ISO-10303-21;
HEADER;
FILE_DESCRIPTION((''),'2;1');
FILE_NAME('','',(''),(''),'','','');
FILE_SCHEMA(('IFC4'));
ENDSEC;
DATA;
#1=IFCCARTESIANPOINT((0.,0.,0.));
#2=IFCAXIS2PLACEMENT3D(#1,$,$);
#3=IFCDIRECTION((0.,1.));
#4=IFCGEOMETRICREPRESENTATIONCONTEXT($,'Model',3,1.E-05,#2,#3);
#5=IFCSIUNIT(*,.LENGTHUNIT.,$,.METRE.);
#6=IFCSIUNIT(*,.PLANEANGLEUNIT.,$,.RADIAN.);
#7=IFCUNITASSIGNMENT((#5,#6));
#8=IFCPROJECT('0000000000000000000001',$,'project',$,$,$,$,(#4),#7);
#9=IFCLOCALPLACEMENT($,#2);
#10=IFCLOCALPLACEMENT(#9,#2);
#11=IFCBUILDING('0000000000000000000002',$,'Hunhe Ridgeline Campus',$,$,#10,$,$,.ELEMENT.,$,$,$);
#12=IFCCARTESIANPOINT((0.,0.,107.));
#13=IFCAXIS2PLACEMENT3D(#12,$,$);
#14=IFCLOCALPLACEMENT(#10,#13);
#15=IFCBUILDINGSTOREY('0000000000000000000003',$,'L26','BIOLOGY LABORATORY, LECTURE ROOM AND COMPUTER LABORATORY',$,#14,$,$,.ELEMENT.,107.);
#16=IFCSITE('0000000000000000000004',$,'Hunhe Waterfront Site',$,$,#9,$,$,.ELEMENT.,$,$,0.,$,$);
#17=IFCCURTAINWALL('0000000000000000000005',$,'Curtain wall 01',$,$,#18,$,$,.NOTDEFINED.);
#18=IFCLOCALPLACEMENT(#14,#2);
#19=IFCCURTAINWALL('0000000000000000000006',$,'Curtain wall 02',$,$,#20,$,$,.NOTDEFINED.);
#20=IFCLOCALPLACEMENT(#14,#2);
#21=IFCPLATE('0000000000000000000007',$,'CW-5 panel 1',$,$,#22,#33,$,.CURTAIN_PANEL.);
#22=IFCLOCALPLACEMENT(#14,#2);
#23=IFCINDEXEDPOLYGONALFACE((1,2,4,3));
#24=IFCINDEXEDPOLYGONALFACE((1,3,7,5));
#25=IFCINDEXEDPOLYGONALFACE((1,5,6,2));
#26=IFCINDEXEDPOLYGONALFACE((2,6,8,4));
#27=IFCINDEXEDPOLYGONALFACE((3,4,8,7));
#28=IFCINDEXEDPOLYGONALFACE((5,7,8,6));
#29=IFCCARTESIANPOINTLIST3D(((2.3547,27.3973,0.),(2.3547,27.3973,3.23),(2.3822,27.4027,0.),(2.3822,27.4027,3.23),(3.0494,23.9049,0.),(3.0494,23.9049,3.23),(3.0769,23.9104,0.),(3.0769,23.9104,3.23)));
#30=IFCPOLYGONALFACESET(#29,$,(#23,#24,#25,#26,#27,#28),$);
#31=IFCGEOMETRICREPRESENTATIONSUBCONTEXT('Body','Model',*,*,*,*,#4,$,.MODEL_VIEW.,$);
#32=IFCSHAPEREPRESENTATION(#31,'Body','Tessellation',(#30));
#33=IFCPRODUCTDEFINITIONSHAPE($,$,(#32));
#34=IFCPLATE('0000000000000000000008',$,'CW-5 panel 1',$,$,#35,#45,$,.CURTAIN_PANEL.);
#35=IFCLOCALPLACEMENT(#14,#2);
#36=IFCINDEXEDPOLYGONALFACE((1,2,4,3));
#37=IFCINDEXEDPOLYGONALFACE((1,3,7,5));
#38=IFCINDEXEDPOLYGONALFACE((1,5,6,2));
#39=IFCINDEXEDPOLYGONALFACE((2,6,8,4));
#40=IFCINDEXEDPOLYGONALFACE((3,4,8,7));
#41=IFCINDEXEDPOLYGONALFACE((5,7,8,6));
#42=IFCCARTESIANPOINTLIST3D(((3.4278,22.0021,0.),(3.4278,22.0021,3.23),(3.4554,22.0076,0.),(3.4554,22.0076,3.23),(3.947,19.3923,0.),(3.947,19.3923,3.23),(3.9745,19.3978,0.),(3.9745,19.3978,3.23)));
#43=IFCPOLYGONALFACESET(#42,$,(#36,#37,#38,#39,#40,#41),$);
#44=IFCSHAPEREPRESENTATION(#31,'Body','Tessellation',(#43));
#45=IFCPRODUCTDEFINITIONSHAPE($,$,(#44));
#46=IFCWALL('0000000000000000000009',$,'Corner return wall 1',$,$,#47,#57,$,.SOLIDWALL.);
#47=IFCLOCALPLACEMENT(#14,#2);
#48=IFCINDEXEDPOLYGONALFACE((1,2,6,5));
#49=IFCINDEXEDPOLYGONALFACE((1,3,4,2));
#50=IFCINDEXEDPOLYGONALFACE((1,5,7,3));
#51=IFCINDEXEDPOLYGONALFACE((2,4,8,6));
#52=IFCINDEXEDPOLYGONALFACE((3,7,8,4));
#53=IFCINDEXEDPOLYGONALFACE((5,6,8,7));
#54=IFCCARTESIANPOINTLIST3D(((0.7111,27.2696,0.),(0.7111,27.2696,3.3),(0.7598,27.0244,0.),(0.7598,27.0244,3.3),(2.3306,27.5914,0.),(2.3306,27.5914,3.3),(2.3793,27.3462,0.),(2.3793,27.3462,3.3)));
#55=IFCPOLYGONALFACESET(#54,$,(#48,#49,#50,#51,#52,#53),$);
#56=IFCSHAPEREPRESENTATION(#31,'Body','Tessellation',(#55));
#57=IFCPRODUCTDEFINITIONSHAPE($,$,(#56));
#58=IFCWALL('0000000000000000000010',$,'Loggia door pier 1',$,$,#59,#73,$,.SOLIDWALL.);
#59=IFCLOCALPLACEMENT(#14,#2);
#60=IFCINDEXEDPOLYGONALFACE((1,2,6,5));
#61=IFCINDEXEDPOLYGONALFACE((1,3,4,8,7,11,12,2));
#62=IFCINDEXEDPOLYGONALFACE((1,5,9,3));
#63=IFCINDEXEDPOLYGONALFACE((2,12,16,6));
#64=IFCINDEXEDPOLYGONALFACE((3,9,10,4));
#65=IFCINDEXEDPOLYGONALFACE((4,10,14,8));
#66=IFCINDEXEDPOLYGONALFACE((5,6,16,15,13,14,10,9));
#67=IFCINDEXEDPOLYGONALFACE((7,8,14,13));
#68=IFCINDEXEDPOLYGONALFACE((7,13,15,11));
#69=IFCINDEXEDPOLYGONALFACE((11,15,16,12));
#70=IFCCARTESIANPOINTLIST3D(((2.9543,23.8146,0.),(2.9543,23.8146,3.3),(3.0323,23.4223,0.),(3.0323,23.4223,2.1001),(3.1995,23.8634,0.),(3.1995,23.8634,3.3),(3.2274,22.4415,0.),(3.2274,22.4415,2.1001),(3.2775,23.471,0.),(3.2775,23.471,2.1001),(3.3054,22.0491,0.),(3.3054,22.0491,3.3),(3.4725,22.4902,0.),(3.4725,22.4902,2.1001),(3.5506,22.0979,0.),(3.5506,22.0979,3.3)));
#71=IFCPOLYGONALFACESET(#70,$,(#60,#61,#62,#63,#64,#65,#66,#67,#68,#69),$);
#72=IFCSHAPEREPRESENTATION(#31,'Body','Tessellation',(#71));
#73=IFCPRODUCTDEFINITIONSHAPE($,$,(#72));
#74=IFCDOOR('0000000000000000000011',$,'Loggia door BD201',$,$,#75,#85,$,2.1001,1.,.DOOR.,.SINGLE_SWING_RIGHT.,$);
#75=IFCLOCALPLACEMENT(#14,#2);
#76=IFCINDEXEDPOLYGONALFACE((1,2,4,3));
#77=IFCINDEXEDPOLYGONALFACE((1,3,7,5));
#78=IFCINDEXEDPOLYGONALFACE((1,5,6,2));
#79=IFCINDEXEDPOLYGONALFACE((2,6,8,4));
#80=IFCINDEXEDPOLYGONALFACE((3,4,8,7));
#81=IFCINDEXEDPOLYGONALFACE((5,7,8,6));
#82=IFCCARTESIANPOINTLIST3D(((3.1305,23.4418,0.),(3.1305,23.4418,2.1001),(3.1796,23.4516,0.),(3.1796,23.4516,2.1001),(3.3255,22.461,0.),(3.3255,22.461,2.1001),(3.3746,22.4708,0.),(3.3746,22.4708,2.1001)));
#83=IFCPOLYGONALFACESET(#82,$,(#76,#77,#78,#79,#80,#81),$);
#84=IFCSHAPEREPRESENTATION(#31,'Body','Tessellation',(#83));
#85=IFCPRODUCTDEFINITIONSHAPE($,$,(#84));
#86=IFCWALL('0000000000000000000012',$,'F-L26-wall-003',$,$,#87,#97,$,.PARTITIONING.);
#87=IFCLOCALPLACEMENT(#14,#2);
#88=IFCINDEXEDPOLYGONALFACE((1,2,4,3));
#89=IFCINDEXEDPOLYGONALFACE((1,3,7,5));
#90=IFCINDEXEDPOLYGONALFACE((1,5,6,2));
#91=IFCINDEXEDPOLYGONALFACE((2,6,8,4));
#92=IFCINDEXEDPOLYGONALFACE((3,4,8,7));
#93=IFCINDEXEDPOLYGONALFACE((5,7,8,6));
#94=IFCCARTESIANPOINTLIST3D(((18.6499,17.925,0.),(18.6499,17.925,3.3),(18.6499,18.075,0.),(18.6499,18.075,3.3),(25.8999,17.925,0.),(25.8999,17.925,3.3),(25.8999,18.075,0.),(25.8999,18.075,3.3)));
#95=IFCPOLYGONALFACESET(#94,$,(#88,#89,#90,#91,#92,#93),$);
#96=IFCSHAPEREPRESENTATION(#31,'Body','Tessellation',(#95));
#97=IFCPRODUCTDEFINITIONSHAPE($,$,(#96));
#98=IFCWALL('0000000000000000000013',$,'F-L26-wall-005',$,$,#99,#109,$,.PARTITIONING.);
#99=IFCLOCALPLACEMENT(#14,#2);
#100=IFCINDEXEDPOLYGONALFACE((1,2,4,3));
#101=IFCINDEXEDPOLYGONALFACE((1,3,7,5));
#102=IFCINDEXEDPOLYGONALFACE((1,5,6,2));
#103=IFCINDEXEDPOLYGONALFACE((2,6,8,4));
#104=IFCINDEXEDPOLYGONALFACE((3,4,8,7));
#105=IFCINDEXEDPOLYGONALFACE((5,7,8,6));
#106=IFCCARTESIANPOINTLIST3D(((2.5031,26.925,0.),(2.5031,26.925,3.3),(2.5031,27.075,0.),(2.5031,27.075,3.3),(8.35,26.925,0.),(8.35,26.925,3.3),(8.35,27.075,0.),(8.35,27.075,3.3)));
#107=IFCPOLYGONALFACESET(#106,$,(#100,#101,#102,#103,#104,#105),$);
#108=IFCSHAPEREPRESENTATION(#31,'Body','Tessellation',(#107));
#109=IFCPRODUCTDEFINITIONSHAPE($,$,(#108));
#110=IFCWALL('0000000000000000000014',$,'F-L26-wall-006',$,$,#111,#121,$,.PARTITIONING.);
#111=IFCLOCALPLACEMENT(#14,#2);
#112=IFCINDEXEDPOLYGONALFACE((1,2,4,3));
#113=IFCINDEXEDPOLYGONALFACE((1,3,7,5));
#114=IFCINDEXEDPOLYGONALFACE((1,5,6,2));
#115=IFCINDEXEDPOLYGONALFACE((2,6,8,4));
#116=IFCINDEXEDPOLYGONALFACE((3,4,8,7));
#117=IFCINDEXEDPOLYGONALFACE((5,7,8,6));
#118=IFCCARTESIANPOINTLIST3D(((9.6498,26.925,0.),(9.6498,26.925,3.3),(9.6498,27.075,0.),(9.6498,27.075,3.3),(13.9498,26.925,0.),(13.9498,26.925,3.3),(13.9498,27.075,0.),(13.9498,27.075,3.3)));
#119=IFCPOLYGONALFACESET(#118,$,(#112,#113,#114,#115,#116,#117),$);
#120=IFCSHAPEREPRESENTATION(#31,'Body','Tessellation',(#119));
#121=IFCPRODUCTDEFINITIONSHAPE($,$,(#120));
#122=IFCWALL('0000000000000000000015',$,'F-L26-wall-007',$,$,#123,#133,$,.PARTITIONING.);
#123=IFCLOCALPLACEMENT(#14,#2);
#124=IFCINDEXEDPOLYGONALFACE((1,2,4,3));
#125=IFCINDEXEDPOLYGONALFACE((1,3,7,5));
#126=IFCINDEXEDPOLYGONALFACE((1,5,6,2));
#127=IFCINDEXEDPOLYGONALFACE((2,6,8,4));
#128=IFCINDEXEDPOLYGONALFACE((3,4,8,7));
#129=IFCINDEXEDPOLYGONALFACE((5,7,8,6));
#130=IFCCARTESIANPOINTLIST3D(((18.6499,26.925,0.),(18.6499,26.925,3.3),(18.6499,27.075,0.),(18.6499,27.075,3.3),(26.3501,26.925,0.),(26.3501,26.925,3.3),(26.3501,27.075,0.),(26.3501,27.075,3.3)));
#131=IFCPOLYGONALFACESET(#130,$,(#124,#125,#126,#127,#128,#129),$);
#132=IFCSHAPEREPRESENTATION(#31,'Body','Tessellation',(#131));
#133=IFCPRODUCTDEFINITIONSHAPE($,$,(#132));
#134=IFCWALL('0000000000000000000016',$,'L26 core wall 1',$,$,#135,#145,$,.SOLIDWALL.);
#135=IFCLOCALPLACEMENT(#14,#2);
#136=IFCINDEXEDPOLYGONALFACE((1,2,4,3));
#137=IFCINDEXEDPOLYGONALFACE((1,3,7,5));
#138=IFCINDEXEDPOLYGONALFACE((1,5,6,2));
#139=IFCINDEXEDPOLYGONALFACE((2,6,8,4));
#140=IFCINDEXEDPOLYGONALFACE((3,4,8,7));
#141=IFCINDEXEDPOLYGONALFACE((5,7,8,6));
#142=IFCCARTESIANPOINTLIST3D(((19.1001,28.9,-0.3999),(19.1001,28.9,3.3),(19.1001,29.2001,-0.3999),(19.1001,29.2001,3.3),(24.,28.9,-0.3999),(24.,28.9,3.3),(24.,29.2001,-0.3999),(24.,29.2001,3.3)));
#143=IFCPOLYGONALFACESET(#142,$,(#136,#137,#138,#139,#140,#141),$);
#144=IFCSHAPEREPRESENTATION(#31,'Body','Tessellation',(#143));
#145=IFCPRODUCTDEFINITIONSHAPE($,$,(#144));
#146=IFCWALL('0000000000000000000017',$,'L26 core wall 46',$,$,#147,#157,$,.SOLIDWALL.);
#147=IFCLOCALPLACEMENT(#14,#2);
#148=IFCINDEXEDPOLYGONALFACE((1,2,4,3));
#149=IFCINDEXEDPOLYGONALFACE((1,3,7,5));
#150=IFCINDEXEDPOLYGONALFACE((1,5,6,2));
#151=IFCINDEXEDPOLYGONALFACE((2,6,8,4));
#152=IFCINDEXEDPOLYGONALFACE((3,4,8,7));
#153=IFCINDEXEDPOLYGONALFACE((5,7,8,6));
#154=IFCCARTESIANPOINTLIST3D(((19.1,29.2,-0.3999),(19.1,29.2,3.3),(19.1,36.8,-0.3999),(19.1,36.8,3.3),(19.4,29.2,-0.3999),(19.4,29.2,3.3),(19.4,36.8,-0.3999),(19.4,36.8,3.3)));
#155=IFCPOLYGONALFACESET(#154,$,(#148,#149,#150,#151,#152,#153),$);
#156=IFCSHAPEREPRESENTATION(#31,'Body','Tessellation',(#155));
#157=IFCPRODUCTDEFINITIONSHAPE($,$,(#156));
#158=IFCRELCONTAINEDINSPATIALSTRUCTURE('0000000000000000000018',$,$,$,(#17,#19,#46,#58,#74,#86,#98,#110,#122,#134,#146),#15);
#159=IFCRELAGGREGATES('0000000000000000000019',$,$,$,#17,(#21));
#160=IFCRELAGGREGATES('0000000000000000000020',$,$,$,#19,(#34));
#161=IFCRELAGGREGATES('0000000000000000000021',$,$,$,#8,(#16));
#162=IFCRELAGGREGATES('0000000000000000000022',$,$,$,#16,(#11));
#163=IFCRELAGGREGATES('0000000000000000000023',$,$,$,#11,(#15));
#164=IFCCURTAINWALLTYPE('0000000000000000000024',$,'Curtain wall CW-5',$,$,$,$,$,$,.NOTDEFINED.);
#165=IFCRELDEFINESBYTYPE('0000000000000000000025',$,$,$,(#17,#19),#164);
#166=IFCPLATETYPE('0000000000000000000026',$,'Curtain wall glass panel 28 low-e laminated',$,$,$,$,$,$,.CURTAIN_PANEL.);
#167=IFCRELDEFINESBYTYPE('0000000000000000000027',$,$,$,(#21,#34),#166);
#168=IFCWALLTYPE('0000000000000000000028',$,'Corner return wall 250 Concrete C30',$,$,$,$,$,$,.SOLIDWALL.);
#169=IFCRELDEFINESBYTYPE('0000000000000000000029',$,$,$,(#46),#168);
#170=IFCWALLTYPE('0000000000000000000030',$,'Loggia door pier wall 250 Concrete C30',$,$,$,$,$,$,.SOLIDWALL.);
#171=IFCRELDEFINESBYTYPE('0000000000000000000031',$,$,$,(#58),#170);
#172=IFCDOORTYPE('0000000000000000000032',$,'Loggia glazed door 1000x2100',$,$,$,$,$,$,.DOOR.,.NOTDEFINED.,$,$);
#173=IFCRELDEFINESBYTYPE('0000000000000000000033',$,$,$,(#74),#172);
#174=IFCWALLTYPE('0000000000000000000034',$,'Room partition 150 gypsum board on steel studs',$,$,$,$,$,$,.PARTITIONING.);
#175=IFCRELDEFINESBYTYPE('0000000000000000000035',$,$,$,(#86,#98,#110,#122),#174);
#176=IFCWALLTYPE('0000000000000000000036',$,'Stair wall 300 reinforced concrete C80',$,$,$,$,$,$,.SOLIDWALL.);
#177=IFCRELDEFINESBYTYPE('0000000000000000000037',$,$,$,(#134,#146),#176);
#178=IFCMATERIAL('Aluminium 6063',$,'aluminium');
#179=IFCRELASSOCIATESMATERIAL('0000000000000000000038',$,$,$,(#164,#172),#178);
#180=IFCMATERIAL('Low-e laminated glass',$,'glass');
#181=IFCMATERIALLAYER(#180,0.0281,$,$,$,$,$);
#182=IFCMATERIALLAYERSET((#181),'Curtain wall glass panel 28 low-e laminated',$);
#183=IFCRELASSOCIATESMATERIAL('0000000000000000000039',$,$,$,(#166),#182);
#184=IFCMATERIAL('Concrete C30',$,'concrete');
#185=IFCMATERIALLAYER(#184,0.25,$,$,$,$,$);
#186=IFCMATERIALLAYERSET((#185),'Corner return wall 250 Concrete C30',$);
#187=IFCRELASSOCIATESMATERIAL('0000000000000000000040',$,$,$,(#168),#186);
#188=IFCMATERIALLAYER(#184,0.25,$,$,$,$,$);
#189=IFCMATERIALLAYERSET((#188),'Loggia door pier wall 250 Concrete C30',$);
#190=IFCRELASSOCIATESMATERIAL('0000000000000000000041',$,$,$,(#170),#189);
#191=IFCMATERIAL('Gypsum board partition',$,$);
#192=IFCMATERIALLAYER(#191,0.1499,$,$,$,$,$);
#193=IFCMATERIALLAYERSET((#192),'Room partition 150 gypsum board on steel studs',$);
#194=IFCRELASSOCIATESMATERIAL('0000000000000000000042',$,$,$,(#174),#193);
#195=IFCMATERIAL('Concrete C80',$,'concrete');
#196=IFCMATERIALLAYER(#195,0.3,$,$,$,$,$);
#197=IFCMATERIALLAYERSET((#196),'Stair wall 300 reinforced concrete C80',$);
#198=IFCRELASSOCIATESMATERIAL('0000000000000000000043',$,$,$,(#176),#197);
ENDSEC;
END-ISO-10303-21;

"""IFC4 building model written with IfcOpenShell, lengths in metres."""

from ifc_helpers import new_model, si_unit, direction, frame, frame_2d, origin, origin_2d, place, context, subcontext, project, spatial, rectangle, extrude, material, layer, layer_set, type_object, element, fill, aggregate, save


model = new_model("IFC4")

# Units and contexts
model_context = context("Model", 3, precision=1e-05, world=origin(), true_north=direction((0.0, 1.0)))
body_context = subcontext(model_context, "Body", "Model", "MODEL_VIEW")
ifc_project = project(units=[si_unit("LENGTHUNIT", "METRE"), si_unit("PLANEANGLEUNIT", "RADIAN")], contexts=[model_context])

# Site, building, storey
site_placement = place(None, origin())
site = spatial("IfcSite", under=ifc_project, at=site_placement, Name="Hunhe Waterfront Site", CompositionType="ELEMENT", RefElevation=0.0)
building_placement = place(site_placement, origin())
building = spatial("IfcBuilding", under=site, at=building_placement, Name="Hunhe Ridgeline Campus", CompositionType="ELEMENT")
storey_placement = place(building_placement, frame((0.0, 0.0, 107.0)))
storey = spatial("IfcBuildingStorey", under=building, at=storey_placement, Name="L26", Description="BIOLOGY LABORATORY, LECTURE ROOM AND COMPUTER LABORATORY", CompositionType="ELEMENT", Elevation=107.0)

# Curtain walls
ifc_material_1 = material(Name="Aluminium 6063", Category="aluminium")
curtain_wall_type = type_object("IfcCurtainWallType", Name="Curtain wall CW-5", PredefinedType="NOTDEFINED", material=ifc_material_1)
curtain_wall_1_placement = place(storey_placement, origin())
curtain_wall_1 = element("IfcCurtainWall", 1, at=curtain_wall_1_placement, inside=storey, type_object=curtain_wall_type, Name="Curtain wall 01", PredefinedType="NOTDEFINED")
curtain_wall_2_placement = place(storey_placement, origin())
curtain_wall_2 = element("IfcCurtainWall", 2, at=curtain_wall_2_placement, inside=storey, type_object=curtain_wall_type, Name="Curtain wall 02", PredefinedType="NOTDEFINED")

# Plates
ifc_material_2 = material(Name="Low-e laminated glass", Category="glass")
ifc_layer_1 = layer(ifc_material_2, 0.0281)
ifc_layer_set_1 = layer_set([ifc_layer_1], Name="Curtain wall glass panel 28 low-e laminated")
plate_type = type_object("IfcPlateType", Name="Curtain wall glass panel 28 low-e laminated", PredefinedType="CURTAIN_PANEL", material=ifc_layer_set_1)
plate_1_placement = place(storey_placement, frame((2.7158, 25.6538, 0.0), z_axis=(0.0, 0.0, 1.0), x_axis=(0.195095, -0.980784, 0.0)))
plate_1 = element("IfcPlate", 3, at=plate_1_placement, type_object=plate_type, Name="CW-5 panel 1", PredefinedType="CURTAIN_PANEL", context=body_context, shape_type="SweptSolid", body=[
    extrude(rectangle(XDim=3.5608, YDim=0.0281, at=origin_2d()), origin(), (0.0, 0.0, 1.0), 3.23),
])
aggregate(curtain_wall_1, [plate_1])
plate_2_placement = place(storey_placement, frame((3.7012, 20.7, 0.0), z_axis=(0.0, 0.0, 1.0), x_axis=(0.195095, -0.980784, 0.0)))
plate_2 = element("IfcPlate", 4, at=plate_2_placement, type_object=plate_type, Name="CW-5 panel 1", PredefinedType="CURTAIN_PANEL", context=body_context, shape_type="SweptSolid", body=[
    extrude(rectangle(XDim=2.6609, YDim=0.0281, at=origin_2d()), origin(), (0.0, 0.0, 1.0), 3.23),
])
aggregate(curtain_wall_2, [plate_2])

# Wall
ifc_material_3 = material(Name="Concrete C30", Category="concrete")
ifc_layer_2 = layer(ifc_material_3, 0.25)
ifc_layer_set_2 = layer_set([ifc_layer_2], Name="Corner return wall 250 Concrete C30")
wall_type_1 = type_object("IfcWallType", Name="Corner return wall 250 Concrete C30", PredefinedType="SOLIDWALL", material=ifc_layer_set_2)
wall_1_placement = place(storey_placement, frame((0.7354, 27.147, 0.0), z_axis=(0.0, 0.0, 1.0), x_axis=(0.980824, 0.194893, 0.0)))
element("IfcWall", 5, at=wall_1_placement, inside=storey, type_object=wall_type_1, Name="Corner return wall 1", PredefinedType="SOLIDWALL", context=body_context, shape_type="SweptSolid", body=[
    extrude(rectangle(XDim=1.6511, YDim=0.25, at=frame_2d((0.8257, 0.0))), origin(), (0.0, 0.0, 1.0), 3.3),
])

# Wall, opening, door
ifc_layer_3 = layer(ifc_material_3, 0.25)
ifc_layer_set_3 = layer_set([ifc_layer_3], Name="Loggia door pier wall 250 Concrete C30")
wall_type_2 = type_object("IfcWallType", Name="Loggia door pier wall 250 Concrete C30", PredefinedType="SOLIDWALL", material=ifc_layer_set_3)
wall_2_placement = place(storey_placement, frame((3.0769, 23.8389, 0.0), z_axis=(0.0, 0.0, 1.0), x_axis=(0.195047, -0.980794, 0.0)))
wall_2 = element("IfcWall", 6, at=wall_2_placement, inside=storey, type_object=wall_type_2, Name="Loggia door pier 1", PredefinedType="SOLIDWALL", context=body_context, shape_type="SweptSolid", body=[
    extrude(rectangle(XDim=1.8, YDim=0.25, at=frame_2d((0.8999, 0.0))), origin(), (0.0, 0.0, 1.0), 3.3),
])
opening_placement = place(wall_2_placement, frame((0.3999, 0.0, 0.0)))
opening = element("IfcOpeningElement", 7, at=opening_placement, cuts=wall_2, PredefinedType="OPENING", context=body_context, shape_type="SweptSolid", body=[
    extrude(rectangle(XDim=1.0, YDim=2.1001, at=frame_2d((0.5, 1.05))), frame((0.0, 0.125, 0.0), z_axis=(0.0, -1.0, 0.0), x_axis=(1.0, 0.0, 0.0)), (0.0, 0.0, 1.0), 0.25),
])
door_type = type_object("IfcDoorType", Name="Loggia glazed door 1000x2100", OperationType="NOTDEFINED", PredefinedType="DOOR", material=ifc_material_1)
door_placement = place(opening_placement, frame((1.0, 0.0, 0.0), z_axis=(0.0, 0.0, 1.0), x_axis=(-1.0, 0.0, 0.0)))
door = element("IfcDoor", 8, at=door_placement, inside=storey, type_object=door_type, Name="Loggia door BD201", OperationType="SINGLE_SWING_RIGHT", OverallHeight=2.1001, OverallWidth=1.0, PredefinedType="DOOR", context=body_context, shape_type="SweptSolid", body=[
    extrude(rectangle(XDim=1.0, YDim=2.1001, at=frame_2d((0.5, 1.05))), frame((0.0, 0.0249, 0.0), z_axis=(0.0, -1.0, 0.0), x_axis=(1.0, 0.0, 0.0)), (0.0, 0.0, 1.0), 0.05),
])
fill(opening, door)

# Walls
ifc_material_4 = material(Name="Gypsum board partition")
ifc_layer_4 = layer(ifc_material_4, 0.1499)
ifc_layer_set_4 = layer_set([ifc_layer_4], Name="Room partition 150 gypsum board on steel studs")
wall_type_3 = type_object("IfcWallType", Name="Room partition 150 gypsum board on steel studs", PredefinedType="PARTITIONING", material=ifc_layer_set_4)
wall_3_placement = place(storey_placement, frame((18.6499, 18.0, 0.0), z_axis=(0.0, 0.0, 1.0), x_axis=(1.0, 0.0, 0.0)))
element("IfcWall", 9, at=wall_3_placement, inside=storey, type_object=wall_type_3, Name="F-L26-wall-003", PredefinedType="PARTITIONING", context=body_context, shape_type="SweptSolid", body=[
    extrude(rectangle(XDim=7.25, YDim=0.1499, at=frame_2d((3.625, 0.0))), origin(), (0.0, 0.0, 1.0), 3.3),
])
wall_4_placement = place(storey_placement, frame((2.5032, 27.0, 0.0), z_axis=(0.0, 0.0, 1.0), x_axis=(1.0, 0.0, 0.0)))
element("IfcWall", 10, at=wall_4_placement, inside=storey, type_object=wall_type_3, Name="F-L26-wall-005", PredefinedType="PARTITIONING", context=body_context, shape_type="SweptSolid", body=[
    extrude(rectangle(XDim=5.8469, YDim=0.1499, at=frame_2d((2.9233, 0.0))), origin(), (0.0, 0.0, 1.0), 3.3),
])
wall_5_placement = place(storey_placement, frame((9.6499, 27.0, 0.0), z_axis=(0.0, 0.0, 1.0), x_axis=(1.0, 0.0, 0.0)))
element("IfcWall", 11, at=wall_5_placement, inside=storey, type_object=wall_type_3, Name="F-L26-wall-006", PredefinedType="PARTITIONING", context=body_context, shape_type="SweptSolid", body=[
    extrude(rectangle(XDim=4.3, YDim=0.1499, at=frame_2d((2.1499, 0.0))), origin(), (0.0, 0.0, 1.0), 3.3),
])
wall_6_placement = place(storey_placement, frame((18.6499, 27.0, 0.0), z_axis=(0.0, 0.0, 1.0), x_axis=(1.0, 0.0, 0.0)))
element("IfcWall", 12, at=wall_6_placement, inside=storey, type_object=wall_type_3, Name="F-L26-wall-007", PredefinedType="PARTITIONING", context=body_context, shape_type="SweptSolid", body=[
    extrude(rectangle(XDim=7.7002, YDim=0.1499, at=frame_2d((3.8501, 0.0))), origin(), (0.0, 0.0, 1.0), 3.3),
])
ifc_material_5 = material(Name="Concrete C80", Category="concrete")
ifc_layer_5 = layer(ifc_material_5, 0.3)
ifc_layer_set_5 = layer_set([ifc_layer_5], Name="Stair wall 300 reinforced concrete C80")
wall_type_4 = type_object("IfcWallType", Name="Stair wall 300 reinforced concrete C80", PredefinedType="SOLIDWALL", material=ifc_layer_set_5)
wall_7_placement = place(storey_placement, frame((19.1001, 29.05, -0.3999), z_axis=(0.0, 0.0, 1.0), x_axis=(1.0, 0.0, 0.0)))
element("IfcWall", 13, at=wall_7_placement, inside=storey, type_object=wall_type_4, Name="L26 core wall 1", PredefinedType="SOLIDWALL", context=body_context, shape_type="SweptSolid", body=[
    extrude(rectangle(XDim=4.8999, YDim=0.3, at=frame_2d((2.45, 0.0))), origin(), (0.0, 0.0, 1.0), 3.7),
])
wall_8_placement = place(storey_placement, frame((19.25, 29.2, -0.3999), z_axis=(0.0, 0.0, 1.0), x_axis=(0.0, 1.0, 0.0)))
element("IfcWall", 14, at=wall_8_placement, inside=storey, type_object=wall_type_4, Name="L26 core wall 46", PredefinedType="SOLIDWALL", context=body_context, shape_type="SweptSolid", body=[
    extrude(rectangle(XDim=7.6001, YDim=0.3, at=frame_2d((3.8, 0.0))), origin(), (0.0, 0.0, 1.0), 3.7),
])

save(model, "model.ifc")
